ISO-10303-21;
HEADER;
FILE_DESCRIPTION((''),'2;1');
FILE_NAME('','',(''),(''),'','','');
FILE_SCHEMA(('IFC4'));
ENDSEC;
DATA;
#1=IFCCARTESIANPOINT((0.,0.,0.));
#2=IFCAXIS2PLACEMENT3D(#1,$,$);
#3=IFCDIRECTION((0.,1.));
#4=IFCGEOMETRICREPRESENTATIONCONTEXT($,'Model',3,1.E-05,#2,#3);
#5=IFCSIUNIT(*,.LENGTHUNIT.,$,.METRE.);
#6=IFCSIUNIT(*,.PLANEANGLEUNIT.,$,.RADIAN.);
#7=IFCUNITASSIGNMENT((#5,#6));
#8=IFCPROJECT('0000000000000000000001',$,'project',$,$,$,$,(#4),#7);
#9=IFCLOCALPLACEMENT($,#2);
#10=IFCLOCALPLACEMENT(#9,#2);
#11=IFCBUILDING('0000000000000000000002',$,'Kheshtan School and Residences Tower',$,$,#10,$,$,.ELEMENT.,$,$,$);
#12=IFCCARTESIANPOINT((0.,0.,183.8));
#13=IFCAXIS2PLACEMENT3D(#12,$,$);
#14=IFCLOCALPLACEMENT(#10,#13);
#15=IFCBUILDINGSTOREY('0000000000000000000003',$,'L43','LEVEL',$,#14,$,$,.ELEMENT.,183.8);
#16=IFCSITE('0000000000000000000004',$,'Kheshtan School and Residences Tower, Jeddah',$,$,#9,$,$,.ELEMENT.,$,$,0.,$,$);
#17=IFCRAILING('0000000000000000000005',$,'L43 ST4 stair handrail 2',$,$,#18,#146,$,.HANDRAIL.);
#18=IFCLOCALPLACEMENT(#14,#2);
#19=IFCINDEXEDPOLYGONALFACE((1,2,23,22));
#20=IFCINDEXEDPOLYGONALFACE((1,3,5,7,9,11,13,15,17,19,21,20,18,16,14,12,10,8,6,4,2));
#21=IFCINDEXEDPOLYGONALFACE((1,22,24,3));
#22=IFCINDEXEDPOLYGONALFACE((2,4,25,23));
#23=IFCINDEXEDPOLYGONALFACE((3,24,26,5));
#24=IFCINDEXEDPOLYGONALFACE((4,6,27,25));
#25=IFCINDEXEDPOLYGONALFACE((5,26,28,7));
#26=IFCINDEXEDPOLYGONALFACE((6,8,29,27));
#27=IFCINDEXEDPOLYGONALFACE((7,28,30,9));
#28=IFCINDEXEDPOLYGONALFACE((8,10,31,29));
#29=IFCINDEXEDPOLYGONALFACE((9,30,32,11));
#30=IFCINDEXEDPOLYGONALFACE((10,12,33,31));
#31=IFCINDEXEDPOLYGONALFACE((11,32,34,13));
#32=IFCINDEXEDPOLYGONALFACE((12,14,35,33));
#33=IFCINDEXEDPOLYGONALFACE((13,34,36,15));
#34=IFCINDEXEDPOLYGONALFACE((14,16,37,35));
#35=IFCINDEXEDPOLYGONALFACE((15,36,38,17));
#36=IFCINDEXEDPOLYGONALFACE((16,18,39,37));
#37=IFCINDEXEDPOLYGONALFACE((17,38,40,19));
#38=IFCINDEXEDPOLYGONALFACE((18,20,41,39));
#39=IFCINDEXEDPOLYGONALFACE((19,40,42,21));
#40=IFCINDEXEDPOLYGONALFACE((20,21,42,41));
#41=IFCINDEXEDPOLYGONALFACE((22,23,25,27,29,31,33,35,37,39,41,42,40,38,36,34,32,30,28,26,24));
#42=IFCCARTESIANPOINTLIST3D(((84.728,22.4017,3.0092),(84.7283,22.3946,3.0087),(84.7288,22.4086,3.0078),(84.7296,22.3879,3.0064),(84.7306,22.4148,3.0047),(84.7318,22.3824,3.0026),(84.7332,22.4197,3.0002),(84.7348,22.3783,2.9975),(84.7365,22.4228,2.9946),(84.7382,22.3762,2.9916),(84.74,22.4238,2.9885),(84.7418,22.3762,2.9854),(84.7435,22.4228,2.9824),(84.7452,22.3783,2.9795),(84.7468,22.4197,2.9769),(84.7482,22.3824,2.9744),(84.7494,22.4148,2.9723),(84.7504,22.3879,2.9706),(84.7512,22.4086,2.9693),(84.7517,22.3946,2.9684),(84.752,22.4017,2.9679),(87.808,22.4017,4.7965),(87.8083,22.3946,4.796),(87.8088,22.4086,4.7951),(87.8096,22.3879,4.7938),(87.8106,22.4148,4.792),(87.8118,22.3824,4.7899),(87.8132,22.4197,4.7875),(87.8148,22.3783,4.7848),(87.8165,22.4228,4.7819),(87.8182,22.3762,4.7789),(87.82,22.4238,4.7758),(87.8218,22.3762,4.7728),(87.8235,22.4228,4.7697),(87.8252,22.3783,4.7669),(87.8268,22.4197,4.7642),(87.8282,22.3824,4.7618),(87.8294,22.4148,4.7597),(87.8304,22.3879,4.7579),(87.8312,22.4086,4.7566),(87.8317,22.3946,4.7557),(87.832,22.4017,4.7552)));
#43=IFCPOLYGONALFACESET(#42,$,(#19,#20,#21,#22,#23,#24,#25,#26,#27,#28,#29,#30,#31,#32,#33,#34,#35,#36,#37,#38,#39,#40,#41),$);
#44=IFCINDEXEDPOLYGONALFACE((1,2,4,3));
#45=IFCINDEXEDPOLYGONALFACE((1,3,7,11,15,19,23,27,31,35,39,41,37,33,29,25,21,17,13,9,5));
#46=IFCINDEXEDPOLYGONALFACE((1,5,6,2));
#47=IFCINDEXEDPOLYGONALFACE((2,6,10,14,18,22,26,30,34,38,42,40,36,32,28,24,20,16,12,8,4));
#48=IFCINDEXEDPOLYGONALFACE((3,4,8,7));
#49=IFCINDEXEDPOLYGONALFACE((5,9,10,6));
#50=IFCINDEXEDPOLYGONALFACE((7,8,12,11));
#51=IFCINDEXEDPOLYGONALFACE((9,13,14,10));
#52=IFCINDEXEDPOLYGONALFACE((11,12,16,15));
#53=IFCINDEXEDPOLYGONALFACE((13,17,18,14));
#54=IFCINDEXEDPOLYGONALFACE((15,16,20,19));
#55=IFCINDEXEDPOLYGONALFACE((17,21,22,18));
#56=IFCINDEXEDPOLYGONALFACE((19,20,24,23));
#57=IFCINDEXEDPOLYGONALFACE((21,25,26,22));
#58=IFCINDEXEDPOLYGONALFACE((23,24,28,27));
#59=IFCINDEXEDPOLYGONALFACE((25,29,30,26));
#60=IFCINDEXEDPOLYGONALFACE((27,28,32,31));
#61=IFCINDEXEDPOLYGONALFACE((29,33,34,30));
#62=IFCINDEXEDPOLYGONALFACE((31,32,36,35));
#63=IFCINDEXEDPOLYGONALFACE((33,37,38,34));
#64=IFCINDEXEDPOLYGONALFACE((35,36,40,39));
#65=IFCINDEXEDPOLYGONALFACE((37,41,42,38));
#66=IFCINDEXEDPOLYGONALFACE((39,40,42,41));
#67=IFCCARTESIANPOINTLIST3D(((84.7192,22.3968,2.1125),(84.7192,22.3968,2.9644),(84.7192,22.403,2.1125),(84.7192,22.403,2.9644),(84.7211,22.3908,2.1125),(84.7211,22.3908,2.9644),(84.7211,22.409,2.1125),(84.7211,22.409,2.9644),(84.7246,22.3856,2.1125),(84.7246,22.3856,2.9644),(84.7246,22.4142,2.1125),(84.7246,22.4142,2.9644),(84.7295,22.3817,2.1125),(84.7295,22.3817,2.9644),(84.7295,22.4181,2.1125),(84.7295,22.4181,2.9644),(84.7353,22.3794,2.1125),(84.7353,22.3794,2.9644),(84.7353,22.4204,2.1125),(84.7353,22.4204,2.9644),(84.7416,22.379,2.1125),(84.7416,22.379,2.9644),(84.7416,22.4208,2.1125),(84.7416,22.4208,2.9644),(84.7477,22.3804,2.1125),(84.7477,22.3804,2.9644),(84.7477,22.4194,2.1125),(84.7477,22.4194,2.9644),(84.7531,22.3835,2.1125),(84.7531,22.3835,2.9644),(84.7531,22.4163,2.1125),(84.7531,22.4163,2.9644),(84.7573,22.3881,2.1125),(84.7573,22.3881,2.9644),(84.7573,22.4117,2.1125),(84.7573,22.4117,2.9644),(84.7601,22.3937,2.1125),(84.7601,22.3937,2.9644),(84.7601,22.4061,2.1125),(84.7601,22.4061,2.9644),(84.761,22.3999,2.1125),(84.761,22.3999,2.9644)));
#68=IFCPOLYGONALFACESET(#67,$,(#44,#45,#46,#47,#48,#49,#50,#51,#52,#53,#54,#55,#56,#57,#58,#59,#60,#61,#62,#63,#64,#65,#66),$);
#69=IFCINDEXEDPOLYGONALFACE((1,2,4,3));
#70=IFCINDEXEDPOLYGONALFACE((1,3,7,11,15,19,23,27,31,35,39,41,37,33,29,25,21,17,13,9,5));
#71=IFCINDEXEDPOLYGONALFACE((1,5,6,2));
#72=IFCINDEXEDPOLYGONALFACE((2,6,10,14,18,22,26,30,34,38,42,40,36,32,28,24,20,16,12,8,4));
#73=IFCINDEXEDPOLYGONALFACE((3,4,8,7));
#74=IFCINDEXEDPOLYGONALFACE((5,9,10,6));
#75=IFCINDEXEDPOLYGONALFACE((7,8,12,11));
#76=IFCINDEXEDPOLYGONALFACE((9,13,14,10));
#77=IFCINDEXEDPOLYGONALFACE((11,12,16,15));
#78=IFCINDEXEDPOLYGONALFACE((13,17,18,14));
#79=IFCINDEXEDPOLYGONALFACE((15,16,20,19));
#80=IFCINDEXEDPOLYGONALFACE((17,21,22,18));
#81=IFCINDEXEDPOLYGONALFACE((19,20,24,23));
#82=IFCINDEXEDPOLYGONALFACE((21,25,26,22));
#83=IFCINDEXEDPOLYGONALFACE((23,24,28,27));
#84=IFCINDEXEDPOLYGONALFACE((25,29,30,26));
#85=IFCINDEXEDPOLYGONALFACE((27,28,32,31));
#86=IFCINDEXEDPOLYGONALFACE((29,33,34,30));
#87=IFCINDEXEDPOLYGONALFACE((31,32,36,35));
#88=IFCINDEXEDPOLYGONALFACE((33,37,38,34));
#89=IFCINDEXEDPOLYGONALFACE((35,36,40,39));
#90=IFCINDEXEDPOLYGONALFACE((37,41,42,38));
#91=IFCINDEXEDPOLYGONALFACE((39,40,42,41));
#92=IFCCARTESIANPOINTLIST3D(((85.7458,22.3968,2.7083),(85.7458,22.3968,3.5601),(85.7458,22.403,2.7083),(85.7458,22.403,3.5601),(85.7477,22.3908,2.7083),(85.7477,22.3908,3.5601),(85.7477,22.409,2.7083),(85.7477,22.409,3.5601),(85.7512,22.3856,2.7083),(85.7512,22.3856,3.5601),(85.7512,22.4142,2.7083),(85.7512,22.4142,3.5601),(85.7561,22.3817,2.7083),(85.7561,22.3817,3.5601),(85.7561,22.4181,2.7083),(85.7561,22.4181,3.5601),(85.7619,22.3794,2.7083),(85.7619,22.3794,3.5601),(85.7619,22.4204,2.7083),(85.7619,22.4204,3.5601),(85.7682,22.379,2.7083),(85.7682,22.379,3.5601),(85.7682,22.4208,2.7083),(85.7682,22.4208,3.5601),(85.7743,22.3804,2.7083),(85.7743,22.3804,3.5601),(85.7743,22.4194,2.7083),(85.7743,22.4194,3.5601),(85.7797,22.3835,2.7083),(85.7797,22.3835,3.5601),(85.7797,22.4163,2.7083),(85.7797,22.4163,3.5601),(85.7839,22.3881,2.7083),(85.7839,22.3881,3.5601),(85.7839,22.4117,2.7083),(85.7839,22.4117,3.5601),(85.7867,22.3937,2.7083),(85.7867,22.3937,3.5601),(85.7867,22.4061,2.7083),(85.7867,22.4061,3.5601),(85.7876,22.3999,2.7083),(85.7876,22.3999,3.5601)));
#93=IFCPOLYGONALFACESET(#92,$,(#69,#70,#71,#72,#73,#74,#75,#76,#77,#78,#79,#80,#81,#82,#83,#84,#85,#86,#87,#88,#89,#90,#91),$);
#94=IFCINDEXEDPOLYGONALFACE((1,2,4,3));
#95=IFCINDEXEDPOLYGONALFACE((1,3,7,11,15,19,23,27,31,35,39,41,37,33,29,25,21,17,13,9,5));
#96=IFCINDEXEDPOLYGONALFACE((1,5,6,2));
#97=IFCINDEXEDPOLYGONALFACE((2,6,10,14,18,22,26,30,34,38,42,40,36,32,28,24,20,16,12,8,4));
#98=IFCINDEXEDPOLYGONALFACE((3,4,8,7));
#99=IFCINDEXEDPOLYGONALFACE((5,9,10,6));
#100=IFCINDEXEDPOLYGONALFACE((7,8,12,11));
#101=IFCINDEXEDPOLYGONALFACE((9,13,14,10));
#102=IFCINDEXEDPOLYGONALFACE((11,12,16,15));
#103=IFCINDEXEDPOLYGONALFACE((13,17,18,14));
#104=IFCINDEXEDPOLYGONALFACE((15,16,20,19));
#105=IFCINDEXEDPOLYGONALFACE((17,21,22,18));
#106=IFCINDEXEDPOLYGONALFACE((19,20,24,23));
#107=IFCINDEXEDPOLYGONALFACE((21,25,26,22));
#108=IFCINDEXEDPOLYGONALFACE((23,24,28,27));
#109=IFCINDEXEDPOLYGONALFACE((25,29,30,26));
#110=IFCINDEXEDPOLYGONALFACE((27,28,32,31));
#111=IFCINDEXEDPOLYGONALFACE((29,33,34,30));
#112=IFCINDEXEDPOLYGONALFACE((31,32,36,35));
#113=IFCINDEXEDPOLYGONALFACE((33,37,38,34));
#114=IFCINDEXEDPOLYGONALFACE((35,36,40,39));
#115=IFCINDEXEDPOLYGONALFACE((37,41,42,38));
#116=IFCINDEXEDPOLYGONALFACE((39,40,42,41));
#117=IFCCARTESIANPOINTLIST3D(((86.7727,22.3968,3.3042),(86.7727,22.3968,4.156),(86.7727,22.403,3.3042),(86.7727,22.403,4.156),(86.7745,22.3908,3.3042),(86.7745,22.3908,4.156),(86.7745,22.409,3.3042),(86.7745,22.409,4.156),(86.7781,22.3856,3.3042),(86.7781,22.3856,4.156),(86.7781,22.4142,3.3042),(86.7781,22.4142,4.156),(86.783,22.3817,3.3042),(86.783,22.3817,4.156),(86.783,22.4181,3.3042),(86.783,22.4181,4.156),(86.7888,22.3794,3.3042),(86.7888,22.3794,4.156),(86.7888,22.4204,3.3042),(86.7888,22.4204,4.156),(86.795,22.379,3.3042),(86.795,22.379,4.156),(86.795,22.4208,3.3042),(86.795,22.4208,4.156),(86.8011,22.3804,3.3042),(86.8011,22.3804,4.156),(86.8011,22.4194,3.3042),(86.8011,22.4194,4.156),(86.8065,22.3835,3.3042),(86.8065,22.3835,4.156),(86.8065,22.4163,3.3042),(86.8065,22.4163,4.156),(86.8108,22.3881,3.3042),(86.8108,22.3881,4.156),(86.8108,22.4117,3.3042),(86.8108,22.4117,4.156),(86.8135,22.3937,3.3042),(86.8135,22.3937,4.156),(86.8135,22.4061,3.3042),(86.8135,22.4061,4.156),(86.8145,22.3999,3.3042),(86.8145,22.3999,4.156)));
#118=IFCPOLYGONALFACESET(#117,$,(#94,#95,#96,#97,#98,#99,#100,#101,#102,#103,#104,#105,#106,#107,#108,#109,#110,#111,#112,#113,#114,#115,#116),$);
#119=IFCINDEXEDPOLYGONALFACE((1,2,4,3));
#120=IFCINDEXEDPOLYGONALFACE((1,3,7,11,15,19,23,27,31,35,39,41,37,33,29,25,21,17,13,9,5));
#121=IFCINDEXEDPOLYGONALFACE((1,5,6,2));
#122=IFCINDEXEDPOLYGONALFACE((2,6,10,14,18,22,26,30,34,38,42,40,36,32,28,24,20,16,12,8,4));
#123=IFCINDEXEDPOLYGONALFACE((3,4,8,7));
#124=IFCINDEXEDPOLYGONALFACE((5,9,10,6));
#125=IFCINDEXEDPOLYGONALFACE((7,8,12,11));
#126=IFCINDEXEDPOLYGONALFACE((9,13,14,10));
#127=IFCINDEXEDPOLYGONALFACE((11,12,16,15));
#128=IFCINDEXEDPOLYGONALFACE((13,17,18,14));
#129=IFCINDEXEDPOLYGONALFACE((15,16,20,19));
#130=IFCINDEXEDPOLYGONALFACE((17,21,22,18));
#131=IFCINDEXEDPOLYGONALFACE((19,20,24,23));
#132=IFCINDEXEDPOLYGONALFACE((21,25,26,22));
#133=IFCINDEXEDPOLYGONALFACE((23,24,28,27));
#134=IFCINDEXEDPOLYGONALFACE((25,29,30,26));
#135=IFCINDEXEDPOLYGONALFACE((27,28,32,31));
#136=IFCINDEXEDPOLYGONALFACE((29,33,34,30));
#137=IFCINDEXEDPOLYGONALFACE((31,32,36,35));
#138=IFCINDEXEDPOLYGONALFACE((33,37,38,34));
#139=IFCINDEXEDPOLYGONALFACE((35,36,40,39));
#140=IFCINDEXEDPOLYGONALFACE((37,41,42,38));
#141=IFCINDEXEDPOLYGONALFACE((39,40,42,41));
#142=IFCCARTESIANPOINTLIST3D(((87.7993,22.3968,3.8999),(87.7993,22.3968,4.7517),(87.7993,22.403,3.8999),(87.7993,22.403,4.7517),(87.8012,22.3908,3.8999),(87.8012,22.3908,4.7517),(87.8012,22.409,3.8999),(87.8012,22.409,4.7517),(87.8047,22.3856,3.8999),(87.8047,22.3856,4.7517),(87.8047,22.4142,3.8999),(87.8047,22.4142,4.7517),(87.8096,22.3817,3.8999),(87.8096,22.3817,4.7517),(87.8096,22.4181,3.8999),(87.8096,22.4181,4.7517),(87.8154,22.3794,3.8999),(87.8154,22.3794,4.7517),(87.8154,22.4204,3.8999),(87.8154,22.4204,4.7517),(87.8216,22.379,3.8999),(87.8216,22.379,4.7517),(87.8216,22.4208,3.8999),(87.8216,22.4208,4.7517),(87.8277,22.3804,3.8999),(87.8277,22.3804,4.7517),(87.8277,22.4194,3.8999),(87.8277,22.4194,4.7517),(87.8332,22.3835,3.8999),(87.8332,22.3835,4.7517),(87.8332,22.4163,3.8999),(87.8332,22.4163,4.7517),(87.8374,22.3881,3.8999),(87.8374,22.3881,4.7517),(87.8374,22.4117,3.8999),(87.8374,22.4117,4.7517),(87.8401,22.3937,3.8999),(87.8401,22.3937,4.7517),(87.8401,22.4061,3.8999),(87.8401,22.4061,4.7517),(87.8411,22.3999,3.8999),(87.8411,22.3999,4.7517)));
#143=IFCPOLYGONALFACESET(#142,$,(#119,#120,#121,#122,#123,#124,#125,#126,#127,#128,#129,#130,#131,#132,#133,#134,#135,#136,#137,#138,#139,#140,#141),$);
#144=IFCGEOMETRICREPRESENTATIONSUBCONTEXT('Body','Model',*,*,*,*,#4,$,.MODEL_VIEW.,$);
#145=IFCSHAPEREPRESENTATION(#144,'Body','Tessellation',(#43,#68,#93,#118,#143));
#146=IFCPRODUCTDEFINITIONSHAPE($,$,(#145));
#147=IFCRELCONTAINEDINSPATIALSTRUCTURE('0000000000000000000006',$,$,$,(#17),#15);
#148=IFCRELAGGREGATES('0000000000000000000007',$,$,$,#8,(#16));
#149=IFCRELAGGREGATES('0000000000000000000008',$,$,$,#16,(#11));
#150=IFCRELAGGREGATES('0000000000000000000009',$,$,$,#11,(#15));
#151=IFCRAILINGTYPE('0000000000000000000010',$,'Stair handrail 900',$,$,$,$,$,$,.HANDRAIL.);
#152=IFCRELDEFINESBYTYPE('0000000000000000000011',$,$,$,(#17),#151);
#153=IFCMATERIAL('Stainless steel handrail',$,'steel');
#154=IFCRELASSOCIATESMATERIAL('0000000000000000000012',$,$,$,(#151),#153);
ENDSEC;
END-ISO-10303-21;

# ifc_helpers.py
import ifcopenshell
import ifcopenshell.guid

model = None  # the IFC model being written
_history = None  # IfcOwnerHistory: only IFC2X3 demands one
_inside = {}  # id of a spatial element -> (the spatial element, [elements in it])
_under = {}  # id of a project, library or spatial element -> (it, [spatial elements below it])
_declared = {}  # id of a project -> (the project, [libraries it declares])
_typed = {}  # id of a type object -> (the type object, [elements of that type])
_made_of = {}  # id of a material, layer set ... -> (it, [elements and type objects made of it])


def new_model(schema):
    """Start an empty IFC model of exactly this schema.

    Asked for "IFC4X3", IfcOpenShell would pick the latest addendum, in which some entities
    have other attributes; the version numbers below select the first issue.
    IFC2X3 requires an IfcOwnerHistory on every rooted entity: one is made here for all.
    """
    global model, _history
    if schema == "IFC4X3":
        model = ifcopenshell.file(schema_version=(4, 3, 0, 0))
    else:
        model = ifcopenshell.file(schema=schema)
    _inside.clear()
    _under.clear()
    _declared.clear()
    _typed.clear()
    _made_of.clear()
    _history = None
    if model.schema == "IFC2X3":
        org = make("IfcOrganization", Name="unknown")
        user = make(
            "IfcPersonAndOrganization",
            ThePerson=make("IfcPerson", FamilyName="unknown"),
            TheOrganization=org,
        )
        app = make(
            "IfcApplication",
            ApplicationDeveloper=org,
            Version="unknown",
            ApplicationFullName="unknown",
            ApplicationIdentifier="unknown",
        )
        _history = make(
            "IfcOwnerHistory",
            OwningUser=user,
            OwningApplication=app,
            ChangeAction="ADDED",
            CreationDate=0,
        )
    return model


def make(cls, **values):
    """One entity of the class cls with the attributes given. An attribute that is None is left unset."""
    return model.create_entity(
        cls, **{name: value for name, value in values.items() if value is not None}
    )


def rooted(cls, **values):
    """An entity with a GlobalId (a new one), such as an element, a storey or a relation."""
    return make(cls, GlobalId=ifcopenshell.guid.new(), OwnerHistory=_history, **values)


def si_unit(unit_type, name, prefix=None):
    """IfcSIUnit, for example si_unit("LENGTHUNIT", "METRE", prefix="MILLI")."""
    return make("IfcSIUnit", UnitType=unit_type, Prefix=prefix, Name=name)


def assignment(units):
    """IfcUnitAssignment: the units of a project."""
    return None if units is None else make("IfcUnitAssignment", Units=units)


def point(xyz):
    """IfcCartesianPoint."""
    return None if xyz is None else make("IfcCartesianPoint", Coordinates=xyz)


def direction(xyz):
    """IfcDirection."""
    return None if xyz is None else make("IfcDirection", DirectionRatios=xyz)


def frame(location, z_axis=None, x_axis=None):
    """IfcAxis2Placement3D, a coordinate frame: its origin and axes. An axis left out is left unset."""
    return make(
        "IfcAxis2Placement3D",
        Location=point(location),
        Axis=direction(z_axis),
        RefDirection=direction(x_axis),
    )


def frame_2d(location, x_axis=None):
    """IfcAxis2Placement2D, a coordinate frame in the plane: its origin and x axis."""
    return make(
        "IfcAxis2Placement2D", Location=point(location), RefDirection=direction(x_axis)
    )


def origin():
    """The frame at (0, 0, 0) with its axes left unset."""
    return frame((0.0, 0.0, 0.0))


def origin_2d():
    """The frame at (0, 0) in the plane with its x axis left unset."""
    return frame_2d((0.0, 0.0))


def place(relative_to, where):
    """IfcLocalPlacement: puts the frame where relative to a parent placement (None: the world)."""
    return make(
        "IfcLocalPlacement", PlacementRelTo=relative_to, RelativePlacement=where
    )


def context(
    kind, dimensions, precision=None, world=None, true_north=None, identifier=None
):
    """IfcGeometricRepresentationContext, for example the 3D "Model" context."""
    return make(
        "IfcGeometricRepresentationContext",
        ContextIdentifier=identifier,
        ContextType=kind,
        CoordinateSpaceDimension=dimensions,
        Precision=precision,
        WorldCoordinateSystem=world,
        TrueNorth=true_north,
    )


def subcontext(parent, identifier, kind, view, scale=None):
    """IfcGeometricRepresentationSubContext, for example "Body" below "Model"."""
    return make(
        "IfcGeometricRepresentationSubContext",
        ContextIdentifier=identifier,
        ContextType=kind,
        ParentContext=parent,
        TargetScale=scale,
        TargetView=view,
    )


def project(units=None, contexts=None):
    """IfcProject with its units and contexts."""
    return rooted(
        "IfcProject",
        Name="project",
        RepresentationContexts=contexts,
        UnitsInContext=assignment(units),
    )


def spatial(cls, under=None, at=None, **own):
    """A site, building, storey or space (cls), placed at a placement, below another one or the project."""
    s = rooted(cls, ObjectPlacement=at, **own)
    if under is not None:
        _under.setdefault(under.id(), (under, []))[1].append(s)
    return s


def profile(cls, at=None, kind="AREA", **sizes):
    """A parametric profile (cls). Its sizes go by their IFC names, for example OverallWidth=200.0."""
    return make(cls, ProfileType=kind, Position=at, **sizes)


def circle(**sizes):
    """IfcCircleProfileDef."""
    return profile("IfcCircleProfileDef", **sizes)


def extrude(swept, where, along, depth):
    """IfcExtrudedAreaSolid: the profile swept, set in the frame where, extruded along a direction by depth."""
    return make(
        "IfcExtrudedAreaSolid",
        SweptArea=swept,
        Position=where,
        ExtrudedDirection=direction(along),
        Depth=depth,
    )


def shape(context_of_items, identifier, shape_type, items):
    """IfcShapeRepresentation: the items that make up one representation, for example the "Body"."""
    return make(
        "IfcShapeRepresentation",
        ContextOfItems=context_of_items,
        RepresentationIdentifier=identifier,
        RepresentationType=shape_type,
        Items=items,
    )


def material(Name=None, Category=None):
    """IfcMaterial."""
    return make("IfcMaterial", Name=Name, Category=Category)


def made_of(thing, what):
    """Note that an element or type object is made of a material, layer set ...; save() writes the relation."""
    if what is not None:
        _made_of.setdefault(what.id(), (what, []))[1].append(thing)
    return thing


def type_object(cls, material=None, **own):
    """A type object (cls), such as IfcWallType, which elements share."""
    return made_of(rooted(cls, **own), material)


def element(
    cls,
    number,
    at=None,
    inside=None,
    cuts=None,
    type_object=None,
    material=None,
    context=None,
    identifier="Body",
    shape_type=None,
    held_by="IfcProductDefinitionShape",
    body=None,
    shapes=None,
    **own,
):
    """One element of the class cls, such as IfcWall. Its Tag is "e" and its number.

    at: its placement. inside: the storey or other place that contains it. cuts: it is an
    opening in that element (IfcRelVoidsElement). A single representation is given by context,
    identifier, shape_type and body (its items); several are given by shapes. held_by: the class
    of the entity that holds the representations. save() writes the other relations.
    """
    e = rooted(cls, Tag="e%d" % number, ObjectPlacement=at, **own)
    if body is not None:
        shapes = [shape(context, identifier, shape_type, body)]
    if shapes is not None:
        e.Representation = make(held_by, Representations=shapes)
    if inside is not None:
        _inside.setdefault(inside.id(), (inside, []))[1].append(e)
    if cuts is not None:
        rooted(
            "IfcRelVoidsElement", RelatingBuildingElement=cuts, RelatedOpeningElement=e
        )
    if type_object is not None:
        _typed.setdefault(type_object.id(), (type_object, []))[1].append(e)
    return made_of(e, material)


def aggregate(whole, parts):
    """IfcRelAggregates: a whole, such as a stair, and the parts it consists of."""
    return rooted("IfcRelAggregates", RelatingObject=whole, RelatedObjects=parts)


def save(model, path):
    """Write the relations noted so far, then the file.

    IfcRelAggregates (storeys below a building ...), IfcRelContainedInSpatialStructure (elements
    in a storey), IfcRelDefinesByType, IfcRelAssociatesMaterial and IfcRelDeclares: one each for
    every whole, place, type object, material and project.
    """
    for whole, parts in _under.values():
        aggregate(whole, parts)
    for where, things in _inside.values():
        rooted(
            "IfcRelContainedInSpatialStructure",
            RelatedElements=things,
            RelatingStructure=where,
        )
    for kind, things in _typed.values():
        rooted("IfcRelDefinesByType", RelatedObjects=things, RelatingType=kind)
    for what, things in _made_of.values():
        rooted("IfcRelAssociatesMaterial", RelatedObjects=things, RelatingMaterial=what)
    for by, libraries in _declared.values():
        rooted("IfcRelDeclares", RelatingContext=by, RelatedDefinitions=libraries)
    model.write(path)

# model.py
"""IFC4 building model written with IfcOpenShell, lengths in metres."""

from ifc_helpers import new_model, si_unit, direction, frame, origin, origin_2d, place, context, subcontext, project, spatial, circle, extrude, material, type_object, element, save


model = new_model("IFC4")

# Units and contexts
model_context = context("Model", 3, precision=1e-05, world=origin(), true_north=direction((0.0, 1.0)))
body_context = subcontext(model_context, "Body", "Model", "MODEL_VIEW")
ifc_project = project(units=[si_unit("LENGTHUNIT", "METRE"), si_unit("PLANEANGLEUNIT", "RADIAN")], contexts=[model_context])

# Site, building, storey
site_placement = place(None, origin())
site = spatial("IfcSite", under=ifc_project, at=site_placement, Name="Kheshtan School and Residences Tower, Jeddah", CompositionType="ELEMENT", RefElevation=0.0)
building_placement = place(site_placement, origin())
building = spatial("IfcBuilding", under=site, at=building_placement, Name="Kheshtan School and Residences Tower", CompositionType="ELEMENT")
storey_placement = place(building_placement, frame((0.0, 0.0, 183.8)))
storey = spatial("IfcBuildingStorey", under=building, at=storey_placement, Name="L43", Description="LEVEL", CompositionType="ELEMENT", Elevation=183.8)

# Railing
ifc_material_1 = material(Name="Stainless steel handrail", Category="steel")
railing_type_1 = type_object("IfcRailingType", Name="Stair handrail 900", PredefinedType="HANDRAIL", material=ifc_material_1)
railing_1_placement = place(storey_placement, frame((84.74, 22.3999, 2.1125)))
element("IfcRailing", 1, at=railing_1_placement, inside=storey, type_object=railing_type_1, Name="L43 ST4 stair handrail 2", PredefinedType="HANDRAIL", context=body_context, shape_type="SweptSolid", body=[
    extrude(circle(Radius=0.0239, at=origin_2d()), frame((0.0, 0.0, 0.876), z_axis=(0.86492, 0.0, 0.501909), x_axis=(0.0, 1.0, 0.0)), (0.0, 0.0, 1.0), 3.561),
    extrude(circle(Radius=0.021, at=origin_2d()), origin(), (0.0, 0.0, 1.0), 0.8518),
    extrude(circle(Radius=0.021, at=origin_2d()), frame((1.0266, 0.0, 0.5957)), (0.0, 0.0, 1.0), 0.8518),
    extrude(circle(Radius=0.021, at=origin_2d()), frame((2.0535, 0.0, 1.1917)), (0.0, 0.0, 1.0), 0.8518),
    extrude(circle(Radius=0.021, at=origin_2d()), frame((3.0801, 0.0, 1.7874)), (0.0, 0.0, 1.0), 0.8518),
])

save(model, "model.ifc")
